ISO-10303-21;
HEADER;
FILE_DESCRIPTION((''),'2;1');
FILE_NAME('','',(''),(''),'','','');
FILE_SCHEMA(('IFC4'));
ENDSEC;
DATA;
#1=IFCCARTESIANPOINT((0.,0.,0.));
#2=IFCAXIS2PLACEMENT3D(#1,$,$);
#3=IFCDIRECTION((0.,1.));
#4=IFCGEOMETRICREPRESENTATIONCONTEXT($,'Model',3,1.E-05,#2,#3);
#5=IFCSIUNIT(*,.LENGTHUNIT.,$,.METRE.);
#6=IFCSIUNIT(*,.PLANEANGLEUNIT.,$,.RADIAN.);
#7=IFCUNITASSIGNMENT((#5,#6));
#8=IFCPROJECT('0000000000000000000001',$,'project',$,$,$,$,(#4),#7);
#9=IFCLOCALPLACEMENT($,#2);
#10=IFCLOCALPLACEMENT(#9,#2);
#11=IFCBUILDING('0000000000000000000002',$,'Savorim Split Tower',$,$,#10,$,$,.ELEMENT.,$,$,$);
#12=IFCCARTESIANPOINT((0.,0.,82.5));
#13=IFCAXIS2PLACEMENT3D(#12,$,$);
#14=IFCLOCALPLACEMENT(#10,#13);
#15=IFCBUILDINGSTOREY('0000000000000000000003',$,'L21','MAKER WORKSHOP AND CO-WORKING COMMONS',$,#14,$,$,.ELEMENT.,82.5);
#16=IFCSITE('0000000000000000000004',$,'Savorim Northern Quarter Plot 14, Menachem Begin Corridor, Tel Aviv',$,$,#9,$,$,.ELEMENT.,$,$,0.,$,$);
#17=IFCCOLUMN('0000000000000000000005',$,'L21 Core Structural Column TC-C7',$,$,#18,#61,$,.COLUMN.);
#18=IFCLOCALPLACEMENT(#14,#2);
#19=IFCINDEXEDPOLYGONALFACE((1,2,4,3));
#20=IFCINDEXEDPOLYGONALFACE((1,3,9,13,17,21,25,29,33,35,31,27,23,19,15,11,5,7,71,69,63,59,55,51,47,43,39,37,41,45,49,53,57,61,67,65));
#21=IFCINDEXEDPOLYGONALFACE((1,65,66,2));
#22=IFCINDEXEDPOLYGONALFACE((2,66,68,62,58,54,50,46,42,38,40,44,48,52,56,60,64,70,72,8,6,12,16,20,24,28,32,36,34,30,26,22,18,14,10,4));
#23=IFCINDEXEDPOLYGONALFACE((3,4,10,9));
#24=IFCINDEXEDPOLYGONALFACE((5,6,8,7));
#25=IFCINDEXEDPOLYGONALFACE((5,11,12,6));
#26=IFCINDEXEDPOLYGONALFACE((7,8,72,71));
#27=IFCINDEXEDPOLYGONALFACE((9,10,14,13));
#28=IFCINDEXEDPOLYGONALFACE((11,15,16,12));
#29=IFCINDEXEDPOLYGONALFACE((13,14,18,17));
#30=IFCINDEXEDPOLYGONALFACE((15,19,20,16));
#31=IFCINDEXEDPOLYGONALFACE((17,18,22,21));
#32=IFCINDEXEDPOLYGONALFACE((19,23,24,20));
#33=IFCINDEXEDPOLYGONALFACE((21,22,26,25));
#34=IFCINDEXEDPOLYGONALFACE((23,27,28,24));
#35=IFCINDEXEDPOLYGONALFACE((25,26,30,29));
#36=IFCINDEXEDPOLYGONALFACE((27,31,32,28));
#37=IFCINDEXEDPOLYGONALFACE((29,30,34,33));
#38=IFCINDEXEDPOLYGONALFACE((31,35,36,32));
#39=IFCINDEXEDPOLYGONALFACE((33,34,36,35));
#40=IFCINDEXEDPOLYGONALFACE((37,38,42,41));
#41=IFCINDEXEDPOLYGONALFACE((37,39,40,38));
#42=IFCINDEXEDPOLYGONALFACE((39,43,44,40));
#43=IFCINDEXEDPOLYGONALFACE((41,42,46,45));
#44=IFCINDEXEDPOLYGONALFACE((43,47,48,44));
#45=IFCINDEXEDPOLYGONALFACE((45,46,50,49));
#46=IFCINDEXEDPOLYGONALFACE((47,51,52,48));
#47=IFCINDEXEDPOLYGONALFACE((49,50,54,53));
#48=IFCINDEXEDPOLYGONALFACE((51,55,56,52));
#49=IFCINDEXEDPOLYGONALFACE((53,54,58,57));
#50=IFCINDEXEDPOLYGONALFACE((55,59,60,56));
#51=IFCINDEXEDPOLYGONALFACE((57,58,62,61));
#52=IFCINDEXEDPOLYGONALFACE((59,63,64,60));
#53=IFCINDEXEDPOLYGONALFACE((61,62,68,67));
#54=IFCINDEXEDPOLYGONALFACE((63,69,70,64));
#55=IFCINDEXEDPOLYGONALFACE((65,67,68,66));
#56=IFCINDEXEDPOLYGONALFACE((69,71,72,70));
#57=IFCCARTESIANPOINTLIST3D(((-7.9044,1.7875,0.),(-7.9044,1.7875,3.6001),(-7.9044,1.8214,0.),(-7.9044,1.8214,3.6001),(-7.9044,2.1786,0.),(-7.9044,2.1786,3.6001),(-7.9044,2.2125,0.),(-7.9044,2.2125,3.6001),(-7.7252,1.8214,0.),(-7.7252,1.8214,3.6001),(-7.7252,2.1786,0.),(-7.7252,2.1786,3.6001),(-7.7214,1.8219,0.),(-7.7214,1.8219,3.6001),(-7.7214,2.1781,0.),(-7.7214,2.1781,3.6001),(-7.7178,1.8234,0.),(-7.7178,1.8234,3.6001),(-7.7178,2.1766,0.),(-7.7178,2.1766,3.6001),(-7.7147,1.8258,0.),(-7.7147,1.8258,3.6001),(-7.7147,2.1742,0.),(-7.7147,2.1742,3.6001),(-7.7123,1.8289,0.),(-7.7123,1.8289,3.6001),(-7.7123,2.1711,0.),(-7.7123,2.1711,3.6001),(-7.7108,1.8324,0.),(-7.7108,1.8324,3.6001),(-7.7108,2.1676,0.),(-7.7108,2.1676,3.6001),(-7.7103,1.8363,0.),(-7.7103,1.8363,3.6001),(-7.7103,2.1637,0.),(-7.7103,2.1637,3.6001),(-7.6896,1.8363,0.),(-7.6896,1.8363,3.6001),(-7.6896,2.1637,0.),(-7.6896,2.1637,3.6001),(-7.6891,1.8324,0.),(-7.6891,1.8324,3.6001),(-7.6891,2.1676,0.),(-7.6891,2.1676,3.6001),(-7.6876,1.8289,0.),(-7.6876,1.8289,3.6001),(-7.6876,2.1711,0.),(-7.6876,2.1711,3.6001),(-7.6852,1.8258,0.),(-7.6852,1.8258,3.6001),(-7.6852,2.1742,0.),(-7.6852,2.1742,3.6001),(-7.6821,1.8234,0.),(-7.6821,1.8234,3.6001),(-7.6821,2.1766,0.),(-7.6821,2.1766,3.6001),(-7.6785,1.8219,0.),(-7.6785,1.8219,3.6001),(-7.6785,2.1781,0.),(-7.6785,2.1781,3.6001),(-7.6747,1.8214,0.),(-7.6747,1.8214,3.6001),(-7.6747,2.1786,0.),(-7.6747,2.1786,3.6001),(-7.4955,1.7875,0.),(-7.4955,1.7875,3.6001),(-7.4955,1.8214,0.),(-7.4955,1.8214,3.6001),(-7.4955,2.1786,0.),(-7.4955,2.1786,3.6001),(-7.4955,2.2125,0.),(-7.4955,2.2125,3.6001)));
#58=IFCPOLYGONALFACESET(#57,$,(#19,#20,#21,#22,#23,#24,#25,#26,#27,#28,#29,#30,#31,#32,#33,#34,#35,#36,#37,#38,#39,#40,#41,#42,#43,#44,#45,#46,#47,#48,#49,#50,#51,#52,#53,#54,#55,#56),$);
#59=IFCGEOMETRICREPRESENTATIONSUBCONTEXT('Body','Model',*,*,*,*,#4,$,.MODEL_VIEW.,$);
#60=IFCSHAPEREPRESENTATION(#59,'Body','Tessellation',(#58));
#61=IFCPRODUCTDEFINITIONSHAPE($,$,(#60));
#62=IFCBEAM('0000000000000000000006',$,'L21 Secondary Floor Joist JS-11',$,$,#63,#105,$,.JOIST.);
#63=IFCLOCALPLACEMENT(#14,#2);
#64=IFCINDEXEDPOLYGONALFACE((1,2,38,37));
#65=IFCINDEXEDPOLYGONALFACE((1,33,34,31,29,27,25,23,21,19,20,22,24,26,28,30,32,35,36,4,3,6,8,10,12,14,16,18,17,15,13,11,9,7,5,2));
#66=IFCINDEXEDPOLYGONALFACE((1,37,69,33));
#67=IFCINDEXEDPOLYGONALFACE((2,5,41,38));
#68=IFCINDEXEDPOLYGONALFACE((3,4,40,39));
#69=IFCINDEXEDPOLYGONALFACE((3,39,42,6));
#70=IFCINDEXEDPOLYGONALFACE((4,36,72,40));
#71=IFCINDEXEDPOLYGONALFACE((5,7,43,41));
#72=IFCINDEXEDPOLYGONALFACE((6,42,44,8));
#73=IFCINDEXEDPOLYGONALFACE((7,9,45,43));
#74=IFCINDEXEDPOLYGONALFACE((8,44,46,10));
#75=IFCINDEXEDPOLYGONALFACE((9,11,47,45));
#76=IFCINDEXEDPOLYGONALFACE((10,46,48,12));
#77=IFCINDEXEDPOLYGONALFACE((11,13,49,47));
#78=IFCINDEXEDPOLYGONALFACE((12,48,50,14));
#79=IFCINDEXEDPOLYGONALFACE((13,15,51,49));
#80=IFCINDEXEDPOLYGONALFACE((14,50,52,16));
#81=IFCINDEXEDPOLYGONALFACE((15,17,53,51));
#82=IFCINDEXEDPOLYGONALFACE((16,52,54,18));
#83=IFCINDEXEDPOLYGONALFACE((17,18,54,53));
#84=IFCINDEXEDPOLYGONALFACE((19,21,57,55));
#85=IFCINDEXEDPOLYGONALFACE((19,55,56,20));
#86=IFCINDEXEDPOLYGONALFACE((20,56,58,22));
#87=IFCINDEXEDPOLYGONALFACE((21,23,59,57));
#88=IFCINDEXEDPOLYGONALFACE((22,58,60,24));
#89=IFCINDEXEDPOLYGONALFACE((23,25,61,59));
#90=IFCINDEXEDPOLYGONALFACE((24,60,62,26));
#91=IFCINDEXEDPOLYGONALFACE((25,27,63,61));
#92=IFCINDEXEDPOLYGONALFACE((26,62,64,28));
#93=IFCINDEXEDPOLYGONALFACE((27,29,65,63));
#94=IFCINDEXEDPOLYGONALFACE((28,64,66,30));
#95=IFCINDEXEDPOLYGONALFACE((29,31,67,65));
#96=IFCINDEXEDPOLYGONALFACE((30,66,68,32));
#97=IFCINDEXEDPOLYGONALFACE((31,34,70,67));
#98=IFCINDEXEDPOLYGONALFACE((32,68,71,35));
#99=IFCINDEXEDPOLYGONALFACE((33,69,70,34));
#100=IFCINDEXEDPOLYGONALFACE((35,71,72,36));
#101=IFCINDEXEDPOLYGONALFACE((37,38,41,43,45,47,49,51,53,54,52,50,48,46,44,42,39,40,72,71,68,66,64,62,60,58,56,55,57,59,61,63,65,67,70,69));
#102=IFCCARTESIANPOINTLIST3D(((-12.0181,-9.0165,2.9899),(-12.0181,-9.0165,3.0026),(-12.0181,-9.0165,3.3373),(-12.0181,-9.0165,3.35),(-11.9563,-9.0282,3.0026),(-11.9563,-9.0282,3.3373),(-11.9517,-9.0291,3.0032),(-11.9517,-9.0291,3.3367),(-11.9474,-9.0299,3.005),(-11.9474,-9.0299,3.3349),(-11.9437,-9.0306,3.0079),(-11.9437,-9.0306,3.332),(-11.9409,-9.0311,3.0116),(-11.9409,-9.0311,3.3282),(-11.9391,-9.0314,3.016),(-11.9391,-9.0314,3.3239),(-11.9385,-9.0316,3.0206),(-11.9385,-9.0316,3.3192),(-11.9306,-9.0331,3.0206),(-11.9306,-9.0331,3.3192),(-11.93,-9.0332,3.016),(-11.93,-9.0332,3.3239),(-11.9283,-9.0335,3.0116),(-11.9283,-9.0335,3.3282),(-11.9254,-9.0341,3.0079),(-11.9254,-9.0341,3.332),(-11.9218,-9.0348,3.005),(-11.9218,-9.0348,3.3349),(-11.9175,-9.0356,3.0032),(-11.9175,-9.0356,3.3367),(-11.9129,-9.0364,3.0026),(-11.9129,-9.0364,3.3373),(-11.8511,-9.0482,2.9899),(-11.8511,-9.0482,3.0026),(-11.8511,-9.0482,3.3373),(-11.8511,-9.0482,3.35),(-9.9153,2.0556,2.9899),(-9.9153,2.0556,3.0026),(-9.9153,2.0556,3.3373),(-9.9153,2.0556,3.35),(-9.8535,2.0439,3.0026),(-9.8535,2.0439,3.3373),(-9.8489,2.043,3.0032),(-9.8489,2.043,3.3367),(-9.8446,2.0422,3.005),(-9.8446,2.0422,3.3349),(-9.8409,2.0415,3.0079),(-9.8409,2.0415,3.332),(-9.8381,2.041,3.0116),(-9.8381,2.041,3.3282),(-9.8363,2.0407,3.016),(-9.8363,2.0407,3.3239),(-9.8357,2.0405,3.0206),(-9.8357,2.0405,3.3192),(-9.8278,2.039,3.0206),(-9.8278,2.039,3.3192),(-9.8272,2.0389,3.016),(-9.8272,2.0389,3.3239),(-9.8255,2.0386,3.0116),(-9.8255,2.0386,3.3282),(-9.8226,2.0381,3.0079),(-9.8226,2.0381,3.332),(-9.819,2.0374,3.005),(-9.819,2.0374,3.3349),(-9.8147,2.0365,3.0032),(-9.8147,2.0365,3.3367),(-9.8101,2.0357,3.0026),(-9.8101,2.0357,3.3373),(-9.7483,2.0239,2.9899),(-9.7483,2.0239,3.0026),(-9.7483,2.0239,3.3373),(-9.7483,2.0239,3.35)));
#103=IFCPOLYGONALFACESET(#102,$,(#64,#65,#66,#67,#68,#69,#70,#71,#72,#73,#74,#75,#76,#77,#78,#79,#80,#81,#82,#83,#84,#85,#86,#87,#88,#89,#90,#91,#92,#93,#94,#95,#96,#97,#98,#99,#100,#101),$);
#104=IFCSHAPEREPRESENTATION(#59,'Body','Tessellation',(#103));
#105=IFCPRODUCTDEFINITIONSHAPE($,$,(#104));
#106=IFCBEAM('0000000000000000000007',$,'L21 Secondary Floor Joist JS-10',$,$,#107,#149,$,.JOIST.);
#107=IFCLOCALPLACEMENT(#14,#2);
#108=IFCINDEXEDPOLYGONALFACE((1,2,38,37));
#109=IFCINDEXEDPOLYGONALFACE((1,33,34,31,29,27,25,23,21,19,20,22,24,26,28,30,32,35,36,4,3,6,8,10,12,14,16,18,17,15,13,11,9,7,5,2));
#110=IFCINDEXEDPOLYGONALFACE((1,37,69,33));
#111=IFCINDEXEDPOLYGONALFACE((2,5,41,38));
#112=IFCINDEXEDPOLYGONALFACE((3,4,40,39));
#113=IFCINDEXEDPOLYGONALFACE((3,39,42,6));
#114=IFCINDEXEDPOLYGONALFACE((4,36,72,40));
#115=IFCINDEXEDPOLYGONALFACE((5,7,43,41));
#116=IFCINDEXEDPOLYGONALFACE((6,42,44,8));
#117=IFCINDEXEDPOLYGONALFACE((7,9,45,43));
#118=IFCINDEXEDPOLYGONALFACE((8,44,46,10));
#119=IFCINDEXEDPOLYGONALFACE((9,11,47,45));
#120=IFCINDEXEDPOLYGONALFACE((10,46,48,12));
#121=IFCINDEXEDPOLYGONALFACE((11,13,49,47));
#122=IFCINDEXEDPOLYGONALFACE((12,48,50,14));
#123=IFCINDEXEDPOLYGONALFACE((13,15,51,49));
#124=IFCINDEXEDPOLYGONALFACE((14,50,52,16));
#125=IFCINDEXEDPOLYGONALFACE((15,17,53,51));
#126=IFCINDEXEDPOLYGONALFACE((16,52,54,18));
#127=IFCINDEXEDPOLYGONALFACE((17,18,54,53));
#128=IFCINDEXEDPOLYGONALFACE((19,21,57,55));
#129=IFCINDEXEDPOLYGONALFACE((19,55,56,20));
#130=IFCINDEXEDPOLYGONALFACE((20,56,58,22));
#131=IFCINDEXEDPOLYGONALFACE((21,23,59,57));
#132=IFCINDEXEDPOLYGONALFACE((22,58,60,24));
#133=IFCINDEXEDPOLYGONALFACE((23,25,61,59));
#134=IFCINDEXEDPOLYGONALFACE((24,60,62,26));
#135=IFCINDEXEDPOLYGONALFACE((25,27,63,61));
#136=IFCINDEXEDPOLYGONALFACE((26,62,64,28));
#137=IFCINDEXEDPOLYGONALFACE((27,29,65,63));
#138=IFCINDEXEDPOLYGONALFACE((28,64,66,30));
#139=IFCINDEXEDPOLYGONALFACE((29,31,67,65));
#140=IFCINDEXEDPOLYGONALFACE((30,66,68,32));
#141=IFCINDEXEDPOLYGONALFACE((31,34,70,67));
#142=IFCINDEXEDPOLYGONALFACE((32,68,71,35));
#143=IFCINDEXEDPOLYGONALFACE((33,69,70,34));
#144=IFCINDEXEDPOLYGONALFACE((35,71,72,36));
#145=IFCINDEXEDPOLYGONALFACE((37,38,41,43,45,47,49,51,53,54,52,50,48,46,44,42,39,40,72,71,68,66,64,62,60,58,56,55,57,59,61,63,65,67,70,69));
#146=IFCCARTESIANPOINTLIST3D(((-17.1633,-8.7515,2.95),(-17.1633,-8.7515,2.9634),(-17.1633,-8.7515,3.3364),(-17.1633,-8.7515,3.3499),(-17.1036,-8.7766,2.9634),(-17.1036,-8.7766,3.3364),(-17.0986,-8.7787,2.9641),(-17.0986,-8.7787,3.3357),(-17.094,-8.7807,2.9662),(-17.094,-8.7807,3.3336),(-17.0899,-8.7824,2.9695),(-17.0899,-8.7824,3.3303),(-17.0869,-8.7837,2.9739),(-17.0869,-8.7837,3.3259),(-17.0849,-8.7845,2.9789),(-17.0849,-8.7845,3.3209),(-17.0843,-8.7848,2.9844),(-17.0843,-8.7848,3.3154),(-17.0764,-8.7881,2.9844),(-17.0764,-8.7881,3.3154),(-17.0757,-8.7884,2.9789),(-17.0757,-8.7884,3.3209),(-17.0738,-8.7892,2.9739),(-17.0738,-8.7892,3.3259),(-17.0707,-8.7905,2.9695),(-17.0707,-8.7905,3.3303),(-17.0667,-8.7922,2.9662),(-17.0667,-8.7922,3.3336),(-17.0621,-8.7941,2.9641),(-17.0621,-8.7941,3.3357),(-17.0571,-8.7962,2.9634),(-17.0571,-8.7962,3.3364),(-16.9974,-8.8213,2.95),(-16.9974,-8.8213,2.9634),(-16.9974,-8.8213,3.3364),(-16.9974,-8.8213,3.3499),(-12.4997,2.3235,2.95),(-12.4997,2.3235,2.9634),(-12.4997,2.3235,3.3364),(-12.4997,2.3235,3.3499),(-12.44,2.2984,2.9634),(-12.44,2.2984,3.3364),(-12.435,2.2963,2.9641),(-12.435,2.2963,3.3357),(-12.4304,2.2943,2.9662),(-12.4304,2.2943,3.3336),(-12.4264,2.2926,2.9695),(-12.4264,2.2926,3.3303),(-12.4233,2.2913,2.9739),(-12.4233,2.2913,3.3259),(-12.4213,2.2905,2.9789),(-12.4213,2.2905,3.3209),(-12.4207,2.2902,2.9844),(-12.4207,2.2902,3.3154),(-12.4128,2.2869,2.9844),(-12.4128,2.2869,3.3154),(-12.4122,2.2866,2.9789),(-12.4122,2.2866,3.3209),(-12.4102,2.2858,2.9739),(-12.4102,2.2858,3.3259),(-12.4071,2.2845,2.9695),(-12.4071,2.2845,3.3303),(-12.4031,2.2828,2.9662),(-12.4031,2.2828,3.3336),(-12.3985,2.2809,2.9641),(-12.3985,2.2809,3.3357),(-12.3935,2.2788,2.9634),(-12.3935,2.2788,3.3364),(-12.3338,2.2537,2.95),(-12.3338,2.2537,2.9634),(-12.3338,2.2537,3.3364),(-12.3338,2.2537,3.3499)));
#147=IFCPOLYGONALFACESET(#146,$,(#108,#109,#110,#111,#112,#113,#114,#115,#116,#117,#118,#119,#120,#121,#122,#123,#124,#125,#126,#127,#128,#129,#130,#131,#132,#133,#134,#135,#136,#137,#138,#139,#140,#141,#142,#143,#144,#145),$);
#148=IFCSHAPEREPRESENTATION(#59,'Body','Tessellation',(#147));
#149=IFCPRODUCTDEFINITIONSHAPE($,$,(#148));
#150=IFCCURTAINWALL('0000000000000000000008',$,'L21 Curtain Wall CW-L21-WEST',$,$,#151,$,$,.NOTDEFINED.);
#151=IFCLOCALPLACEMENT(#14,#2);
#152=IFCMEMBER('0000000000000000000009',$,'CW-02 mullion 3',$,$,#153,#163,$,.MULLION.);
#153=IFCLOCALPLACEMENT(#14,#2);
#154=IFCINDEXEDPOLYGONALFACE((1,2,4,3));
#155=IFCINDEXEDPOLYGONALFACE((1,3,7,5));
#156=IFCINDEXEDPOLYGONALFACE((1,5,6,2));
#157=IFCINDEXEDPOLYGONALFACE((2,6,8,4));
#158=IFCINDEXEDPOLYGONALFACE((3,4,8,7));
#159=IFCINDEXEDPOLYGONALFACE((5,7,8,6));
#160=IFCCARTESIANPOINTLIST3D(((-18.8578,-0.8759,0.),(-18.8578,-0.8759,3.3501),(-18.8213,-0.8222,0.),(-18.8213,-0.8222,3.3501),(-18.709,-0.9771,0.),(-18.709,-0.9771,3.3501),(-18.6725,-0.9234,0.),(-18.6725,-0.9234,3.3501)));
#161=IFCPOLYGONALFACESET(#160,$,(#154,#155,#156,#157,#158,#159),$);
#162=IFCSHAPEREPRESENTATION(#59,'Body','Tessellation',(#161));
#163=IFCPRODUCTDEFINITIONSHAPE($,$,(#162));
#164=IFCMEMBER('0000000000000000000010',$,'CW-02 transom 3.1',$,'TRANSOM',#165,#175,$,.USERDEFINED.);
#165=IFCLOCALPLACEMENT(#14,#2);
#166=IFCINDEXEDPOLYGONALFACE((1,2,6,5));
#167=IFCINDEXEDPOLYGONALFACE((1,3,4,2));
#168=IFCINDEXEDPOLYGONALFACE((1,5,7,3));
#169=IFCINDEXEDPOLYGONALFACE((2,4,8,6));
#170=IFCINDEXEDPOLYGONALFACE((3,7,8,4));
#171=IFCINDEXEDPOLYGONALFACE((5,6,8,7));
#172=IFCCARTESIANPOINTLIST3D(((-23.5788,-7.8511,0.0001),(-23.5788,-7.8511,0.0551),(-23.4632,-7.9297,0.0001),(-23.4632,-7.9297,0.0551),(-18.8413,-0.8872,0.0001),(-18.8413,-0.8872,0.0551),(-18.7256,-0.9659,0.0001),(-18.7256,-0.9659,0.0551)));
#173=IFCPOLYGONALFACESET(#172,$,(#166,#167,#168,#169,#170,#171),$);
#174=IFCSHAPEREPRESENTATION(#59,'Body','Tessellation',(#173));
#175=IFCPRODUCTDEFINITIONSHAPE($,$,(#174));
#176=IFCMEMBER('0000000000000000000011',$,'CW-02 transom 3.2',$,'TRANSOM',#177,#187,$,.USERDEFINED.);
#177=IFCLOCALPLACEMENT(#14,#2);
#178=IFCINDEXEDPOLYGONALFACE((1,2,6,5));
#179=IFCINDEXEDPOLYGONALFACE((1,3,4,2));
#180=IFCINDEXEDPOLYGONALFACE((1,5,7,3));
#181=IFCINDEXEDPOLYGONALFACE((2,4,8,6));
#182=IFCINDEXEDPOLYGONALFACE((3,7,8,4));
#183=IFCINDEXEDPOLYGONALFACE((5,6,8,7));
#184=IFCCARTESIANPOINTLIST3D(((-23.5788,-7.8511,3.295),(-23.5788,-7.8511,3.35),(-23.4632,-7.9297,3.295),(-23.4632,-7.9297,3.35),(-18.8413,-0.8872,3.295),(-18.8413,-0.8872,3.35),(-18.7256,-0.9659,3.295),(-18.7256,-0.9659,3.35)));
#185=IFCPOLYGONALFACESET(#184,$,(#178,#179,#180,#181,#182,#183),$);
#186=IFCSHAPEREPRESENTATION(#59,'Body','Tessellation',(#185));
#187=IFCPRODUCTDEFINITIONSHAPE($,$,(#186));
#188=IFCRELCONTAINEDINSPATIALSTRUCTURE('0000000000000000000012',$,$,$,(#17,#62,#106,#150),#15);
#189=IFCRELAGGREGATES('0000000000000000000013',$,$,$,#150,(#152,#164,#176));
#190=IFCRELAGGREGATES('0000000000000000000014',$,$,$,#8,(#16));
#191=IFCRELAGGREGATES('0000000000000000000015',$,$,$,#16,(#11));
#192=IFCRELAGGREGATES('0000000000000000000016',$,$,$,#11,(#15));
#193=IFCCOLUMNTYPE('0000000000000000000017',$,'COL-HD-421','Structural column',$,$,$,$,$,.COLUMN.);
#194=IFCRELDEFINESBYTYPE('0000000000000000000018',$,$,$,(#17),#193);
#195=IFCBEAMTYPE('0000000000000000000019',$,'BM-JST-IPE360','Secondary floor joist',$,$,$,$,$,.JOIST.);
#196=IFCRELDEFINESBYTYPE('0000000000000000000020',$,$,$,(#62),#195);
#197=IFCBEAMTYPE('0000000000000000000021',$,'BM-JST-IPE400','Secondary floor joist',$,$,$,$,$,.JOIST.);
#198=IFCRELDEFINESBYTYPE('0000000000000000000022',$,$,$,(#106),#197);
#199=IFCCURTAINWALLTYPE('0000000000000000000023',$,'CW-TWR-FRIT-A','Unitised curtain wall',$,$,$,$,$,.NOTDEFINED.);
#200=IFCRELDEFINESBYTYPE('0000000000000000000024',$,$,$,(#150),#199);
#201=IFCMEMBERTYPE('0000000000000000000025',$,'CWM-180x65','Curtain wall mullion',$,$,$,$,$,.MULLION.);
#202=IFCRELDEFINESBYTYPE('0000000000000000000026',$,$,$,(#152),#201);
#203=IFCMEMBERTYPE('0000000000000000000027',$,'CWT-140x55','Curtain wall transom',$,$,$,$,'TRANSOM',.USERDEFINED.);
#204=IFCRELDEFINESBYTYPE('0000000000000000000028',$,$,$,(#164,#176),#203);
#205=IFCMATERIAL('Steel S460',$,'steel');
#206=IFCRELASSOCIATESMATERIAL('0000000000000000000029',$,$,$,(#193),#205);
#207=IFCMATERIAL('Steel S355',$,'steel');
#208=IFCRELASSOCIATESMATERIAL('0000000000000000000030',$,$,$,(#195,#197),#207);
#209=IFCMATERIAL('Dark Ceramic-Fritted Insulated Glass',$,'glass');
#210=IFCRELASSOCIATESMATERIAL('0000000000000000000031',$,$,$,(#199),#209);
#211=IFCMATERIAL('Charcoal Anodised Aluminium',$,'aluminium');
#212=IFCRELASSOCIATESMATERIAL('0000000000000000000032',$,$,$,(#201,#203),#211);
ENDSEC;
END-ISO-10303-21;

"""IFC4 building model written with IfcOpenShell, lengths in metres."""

from ifc_helpers import new_model, si_unit, direction, frame, origin, origin_2d, place, context, subcontext, project, spatial, rectangle, i_section, extrude, material, material_profile, profile_set, type_object, element, aggregate, save


model = new_model("IFC4")

# Units and contexts
model_context = context("Model", 3, precision=1e-05, world=origin(), true_north=direction((0.0, 1.0)))
body_context = subcontext(model_context, "Body", "Model", "MODEL_VIEW")
ifc_project = project(units=[si_unit("LENGTHUNIT", "METRE"), si_unit("PLANEANGLEUNIT", "RADIAN")], contexts=[model_context])

# Site, building, storey
site_placement = place(None, origin())
site = spatial("IfcSite", under=ifc_project, at=site_placement, Name="Savorim Northern Quarter Plot 14, Menachem Begin Corridor, Tel Aviv", CompositionType="ELEMENT", RefElevation=0.0)
building_placement = place(site_placement, origin())
building = spatial("IfcBuilding", under=site, at=building_placement, Name="Savorim Split Tower", CompositionType="ELEMENT")
storey_placement = place(building_placement, frame((0.0, 0.0, 82.5)))
storey = spatial("IfcBuildingStorey", under=building, at=storey_placement, Name="L21", Description="MAKER WORKSHOP AND CO-WORKING COMMONS", CompositionType="ELEMENT", Elevation=82.5)

# Column
ifc_material_1 = material(Name="Steel S460", Category="steel")
ifc_material_profile_1 = material_profile(ifc_material_1, i_section(OverallWidth=0.4089, OverallDepth=0.425, WebThickness=0.0208, FlangeThickness=0.0339, FilletRadius=0.0149, at=origin_2d()), Name="HD 400x421")
ifc_profile_set_1 = profile_set([ifc_material_profile_1], Name="Steel S460")
column_type = type_object("IfcColumnType", Name="COL-HD-421", Description="Structural column", PredefinedType="COLUMN", material=ifc_profile_set_1)
column_placement = place(storey_placement, frame((-7.7, 2.0, 0.0), z_axis=(0.0, 0.0, 1.0), x_axis=(1.0, 0.0, 0.0)))
element("IfcColumn", 1, at=column_placement, inside=storey, type_object=column_type, Name="L21 Core Structural Column TC-C7", PredefinedType="COLUMN", context=body_context, shape_type="SweptSolid", body=[
    extrude(i_section(OverallWidth=0.4089, OverallDepth=0.425, WebThickness=0.0208, FlangeThickness=0.0339, FilletRadius=0.0149, at=origin_2d()), origin(), (0.0, 0.0, 1.0), 3.6001),
])

# Beams
ifc_material_2 = material(Name="Steel S355", Category="steel")
ifc_material_profile_2 = material_profile(ifc_material_2, i_section(OverallWidth=0.1699, OverallDepth=0.3601, WebThickness=0.0081, FlangeThickness=0.0127, FilletRadius=0.0181, at=origin_2d()), Name="IPE 360")
ifc_profile_set_2 = profile_set([ifc_material_profile_2], Name="Steel S355")
beam_type_1 = type_object("IfcBeamType", Name="BM-JST-IPE360", Description="Secondary floor joist", PredefinedType="JOIST", material=ifc_profile_set_2)
beam_1_placement = place(storey_placement, frame((-9.8318, 2.0398, 3.1699), z_axis=(-0.186583, -0.982439, 0.0), x_axis=(0.982439, -0.186583, 0.0)))
element("IfcBeam", 2, at=beam_1_placement, inside=storey, type_object=beam_type_1, Name="L21 Secondary Floor Joist JS-11", PredefinedType="JOIST", context=body_context, shape_type="SweptSolid", body=[
    extrude(i_section(OverallWidth=0.1699, OverallDepth=0.3601, WebThickness=0.0081, FlangeThickness=0.0127, FilletRadius=0.0181, at=origin_2d()), origin(), (0.0, 0.0, 1.0), 11.27),
])
ifc_material_profile_3 = material_profile(ifc_material_2, i_section(OverallWidth=0.1799, OverallDepth=0.3999, WebThickness=0.0085, FlangeThickness=0.0134, FilletRadius=0.021, at=origin_2d()), Name="IPE 400")
ifc_profile_set_3 = profile_set([ifc_material_profile_3], Name="Steel S355")
beam_type_2 = type_object("IfcBeamType", Name="BM-JST-IPE400", Description="Secondary floor joist", PredefinedType="JOIST", material=ifc_profile_set_3)
beam_2_placement = place(storey_placement, frame((-12.4167, 2.2886, 3.1499), z_axis=(-0.388088, -0.921622, 0.0), x_axis=(0.921622, -0.388088, 0.0)))
element("IfcBeam", 3, at=beam_2_placement, inside=storey, type_object=beam_type_2, Name="L21 Secondary Floor Joist JS-10", PredefinedType="JOIST", context=body_context, shape_type="SweptSolid", body=[
    extrude(i_section(OverallWidth=0.1799, OverallDepth=0.3999, WebThickness=0.0085, FlangeThickness=0.0134, FilletRadius=0.021, at=origin_2d()), origin(), (0.0, 0.0, 1.0), 12.0168),
])

# Curtain wall, members
ifc_material_3 = material(Name="Dark Ceramic-Fritted Insulated Glass", Category="glass")
curtain_wall_type = type_object("IfcCurtainWallType", Name="CW-TWR-FRIT-A", Description="Unitised curtain wall", PredefinedType="NOTDEFINED", material=ifc_material_3)
curtain_wall_placement = place(storey_placement, origin())
curtain_wall = element("IfcCurtainWall", 4, at=curtain_wall_placement, inside=storey, type_object=curtain_wall_type, Name="L21 Curtain Wall CW-L21-WEST", PredefinedType="NOTDEFINED")
ifc_material_4 = material(Name="Charcoal Anodised Aluminium", Category="aluminium")
ifc_material_profile_4 = material_profile(ifc_material_4, rectangle(XDim=0.1799, YDim=0.0649, at=origin_2d()), Name="ALU-M 180x65")
ifc_profile_set_4 = profile_set([ifc_material_profile_4], Name="Charcoal Anodised Aluminium")
member_type_1 = type_object("IfcMemberType", Name="CWM-180x65", Description="Curtain wall mullion", PredefinedType="MULLION", material=ifc_profile_set_4)
member_1_placement = place(storey_placement, frame((-18.7651, -0.8997, 0.0), z_axis=(0.0, 0.0, 1.0), x_axis=(0.826819, -0.562468, 0.0)))
member_1 = element("IfcMember", 5, at=member_1_placement, type_object=member_type_1, Name="CW-02 mullion 3", PredefinedType="MULLION", context=body_context, shape_type="SweptSolid", body=[
    extrude(rectangle(XDim=0.1799, YDim=0.0649, at=origin_2d()), origin(), (0.0, 0.0, 1.0), 3.3501),
])
ifc_material_profile_5 = material_profile(ifc_material_4, rectangle(XDim=0.1399, YDim=0.0549, at=origin_2d()), Name="ALU-T 140x55")
ifc_profile_set_5 = profile_set([ifc_material_profile_5], Name="Charcoal Anodised Aluminium")
member_type_2 = type_object("IfcMemberType", Name="CWT-140x55", Description="Curtain wall transom", ElementType="TRANSOM", PredefinedType="USERDEFINED", material=ifc_profile_set_5)
member_2_placement = place(storey_placement, frame((-18.7834, -0.9265, 0.0276), z_axis=(-0.562482, -0.826809, 0.0), x_axis=(0.826809, -0.562482, 0.0)))
member_2 = element("IfcMember", 6, at=member_2_placement, type_object=member_type_2, Name="CW-02 transom 3.1", ObjectType="TRANSOM", PredefinedType="USERDEFINED", context=body_context, shape_type="SweptSolid", body=[
    extrude(rectangle(XDim=0.1399, YDim=0.0549, at=origin_2d()), origin(), (0.0, 0.0, 1.0), 8.4226),
])
member_3_placement = place(storey_placement, frame((-18.7834, -0.9265, 3.3225), z_axis=(-0.562482, -0.826809, 0.0), x_axis=(0.826809, -0.562482, 0.0)))
member_3 = element("IfcMember", 7, at=member_3_placement, type_object=member_type_2, Name="CW-02 transom 3.2", ObjectType="TRANSOM", PredefinedType="USERDEFINED", context=body_context, shape_type="SweptSolid", body=[
    extrude(rectangle(XDim=0.1399, YDim=0.0549, at=origin_2d()), origin(), (0.0, 0.0, 1.0), 8.4226),
])
aggregate(curtain_wall, [member_1, member_2, member_3])

save(model, "model.ifc")
